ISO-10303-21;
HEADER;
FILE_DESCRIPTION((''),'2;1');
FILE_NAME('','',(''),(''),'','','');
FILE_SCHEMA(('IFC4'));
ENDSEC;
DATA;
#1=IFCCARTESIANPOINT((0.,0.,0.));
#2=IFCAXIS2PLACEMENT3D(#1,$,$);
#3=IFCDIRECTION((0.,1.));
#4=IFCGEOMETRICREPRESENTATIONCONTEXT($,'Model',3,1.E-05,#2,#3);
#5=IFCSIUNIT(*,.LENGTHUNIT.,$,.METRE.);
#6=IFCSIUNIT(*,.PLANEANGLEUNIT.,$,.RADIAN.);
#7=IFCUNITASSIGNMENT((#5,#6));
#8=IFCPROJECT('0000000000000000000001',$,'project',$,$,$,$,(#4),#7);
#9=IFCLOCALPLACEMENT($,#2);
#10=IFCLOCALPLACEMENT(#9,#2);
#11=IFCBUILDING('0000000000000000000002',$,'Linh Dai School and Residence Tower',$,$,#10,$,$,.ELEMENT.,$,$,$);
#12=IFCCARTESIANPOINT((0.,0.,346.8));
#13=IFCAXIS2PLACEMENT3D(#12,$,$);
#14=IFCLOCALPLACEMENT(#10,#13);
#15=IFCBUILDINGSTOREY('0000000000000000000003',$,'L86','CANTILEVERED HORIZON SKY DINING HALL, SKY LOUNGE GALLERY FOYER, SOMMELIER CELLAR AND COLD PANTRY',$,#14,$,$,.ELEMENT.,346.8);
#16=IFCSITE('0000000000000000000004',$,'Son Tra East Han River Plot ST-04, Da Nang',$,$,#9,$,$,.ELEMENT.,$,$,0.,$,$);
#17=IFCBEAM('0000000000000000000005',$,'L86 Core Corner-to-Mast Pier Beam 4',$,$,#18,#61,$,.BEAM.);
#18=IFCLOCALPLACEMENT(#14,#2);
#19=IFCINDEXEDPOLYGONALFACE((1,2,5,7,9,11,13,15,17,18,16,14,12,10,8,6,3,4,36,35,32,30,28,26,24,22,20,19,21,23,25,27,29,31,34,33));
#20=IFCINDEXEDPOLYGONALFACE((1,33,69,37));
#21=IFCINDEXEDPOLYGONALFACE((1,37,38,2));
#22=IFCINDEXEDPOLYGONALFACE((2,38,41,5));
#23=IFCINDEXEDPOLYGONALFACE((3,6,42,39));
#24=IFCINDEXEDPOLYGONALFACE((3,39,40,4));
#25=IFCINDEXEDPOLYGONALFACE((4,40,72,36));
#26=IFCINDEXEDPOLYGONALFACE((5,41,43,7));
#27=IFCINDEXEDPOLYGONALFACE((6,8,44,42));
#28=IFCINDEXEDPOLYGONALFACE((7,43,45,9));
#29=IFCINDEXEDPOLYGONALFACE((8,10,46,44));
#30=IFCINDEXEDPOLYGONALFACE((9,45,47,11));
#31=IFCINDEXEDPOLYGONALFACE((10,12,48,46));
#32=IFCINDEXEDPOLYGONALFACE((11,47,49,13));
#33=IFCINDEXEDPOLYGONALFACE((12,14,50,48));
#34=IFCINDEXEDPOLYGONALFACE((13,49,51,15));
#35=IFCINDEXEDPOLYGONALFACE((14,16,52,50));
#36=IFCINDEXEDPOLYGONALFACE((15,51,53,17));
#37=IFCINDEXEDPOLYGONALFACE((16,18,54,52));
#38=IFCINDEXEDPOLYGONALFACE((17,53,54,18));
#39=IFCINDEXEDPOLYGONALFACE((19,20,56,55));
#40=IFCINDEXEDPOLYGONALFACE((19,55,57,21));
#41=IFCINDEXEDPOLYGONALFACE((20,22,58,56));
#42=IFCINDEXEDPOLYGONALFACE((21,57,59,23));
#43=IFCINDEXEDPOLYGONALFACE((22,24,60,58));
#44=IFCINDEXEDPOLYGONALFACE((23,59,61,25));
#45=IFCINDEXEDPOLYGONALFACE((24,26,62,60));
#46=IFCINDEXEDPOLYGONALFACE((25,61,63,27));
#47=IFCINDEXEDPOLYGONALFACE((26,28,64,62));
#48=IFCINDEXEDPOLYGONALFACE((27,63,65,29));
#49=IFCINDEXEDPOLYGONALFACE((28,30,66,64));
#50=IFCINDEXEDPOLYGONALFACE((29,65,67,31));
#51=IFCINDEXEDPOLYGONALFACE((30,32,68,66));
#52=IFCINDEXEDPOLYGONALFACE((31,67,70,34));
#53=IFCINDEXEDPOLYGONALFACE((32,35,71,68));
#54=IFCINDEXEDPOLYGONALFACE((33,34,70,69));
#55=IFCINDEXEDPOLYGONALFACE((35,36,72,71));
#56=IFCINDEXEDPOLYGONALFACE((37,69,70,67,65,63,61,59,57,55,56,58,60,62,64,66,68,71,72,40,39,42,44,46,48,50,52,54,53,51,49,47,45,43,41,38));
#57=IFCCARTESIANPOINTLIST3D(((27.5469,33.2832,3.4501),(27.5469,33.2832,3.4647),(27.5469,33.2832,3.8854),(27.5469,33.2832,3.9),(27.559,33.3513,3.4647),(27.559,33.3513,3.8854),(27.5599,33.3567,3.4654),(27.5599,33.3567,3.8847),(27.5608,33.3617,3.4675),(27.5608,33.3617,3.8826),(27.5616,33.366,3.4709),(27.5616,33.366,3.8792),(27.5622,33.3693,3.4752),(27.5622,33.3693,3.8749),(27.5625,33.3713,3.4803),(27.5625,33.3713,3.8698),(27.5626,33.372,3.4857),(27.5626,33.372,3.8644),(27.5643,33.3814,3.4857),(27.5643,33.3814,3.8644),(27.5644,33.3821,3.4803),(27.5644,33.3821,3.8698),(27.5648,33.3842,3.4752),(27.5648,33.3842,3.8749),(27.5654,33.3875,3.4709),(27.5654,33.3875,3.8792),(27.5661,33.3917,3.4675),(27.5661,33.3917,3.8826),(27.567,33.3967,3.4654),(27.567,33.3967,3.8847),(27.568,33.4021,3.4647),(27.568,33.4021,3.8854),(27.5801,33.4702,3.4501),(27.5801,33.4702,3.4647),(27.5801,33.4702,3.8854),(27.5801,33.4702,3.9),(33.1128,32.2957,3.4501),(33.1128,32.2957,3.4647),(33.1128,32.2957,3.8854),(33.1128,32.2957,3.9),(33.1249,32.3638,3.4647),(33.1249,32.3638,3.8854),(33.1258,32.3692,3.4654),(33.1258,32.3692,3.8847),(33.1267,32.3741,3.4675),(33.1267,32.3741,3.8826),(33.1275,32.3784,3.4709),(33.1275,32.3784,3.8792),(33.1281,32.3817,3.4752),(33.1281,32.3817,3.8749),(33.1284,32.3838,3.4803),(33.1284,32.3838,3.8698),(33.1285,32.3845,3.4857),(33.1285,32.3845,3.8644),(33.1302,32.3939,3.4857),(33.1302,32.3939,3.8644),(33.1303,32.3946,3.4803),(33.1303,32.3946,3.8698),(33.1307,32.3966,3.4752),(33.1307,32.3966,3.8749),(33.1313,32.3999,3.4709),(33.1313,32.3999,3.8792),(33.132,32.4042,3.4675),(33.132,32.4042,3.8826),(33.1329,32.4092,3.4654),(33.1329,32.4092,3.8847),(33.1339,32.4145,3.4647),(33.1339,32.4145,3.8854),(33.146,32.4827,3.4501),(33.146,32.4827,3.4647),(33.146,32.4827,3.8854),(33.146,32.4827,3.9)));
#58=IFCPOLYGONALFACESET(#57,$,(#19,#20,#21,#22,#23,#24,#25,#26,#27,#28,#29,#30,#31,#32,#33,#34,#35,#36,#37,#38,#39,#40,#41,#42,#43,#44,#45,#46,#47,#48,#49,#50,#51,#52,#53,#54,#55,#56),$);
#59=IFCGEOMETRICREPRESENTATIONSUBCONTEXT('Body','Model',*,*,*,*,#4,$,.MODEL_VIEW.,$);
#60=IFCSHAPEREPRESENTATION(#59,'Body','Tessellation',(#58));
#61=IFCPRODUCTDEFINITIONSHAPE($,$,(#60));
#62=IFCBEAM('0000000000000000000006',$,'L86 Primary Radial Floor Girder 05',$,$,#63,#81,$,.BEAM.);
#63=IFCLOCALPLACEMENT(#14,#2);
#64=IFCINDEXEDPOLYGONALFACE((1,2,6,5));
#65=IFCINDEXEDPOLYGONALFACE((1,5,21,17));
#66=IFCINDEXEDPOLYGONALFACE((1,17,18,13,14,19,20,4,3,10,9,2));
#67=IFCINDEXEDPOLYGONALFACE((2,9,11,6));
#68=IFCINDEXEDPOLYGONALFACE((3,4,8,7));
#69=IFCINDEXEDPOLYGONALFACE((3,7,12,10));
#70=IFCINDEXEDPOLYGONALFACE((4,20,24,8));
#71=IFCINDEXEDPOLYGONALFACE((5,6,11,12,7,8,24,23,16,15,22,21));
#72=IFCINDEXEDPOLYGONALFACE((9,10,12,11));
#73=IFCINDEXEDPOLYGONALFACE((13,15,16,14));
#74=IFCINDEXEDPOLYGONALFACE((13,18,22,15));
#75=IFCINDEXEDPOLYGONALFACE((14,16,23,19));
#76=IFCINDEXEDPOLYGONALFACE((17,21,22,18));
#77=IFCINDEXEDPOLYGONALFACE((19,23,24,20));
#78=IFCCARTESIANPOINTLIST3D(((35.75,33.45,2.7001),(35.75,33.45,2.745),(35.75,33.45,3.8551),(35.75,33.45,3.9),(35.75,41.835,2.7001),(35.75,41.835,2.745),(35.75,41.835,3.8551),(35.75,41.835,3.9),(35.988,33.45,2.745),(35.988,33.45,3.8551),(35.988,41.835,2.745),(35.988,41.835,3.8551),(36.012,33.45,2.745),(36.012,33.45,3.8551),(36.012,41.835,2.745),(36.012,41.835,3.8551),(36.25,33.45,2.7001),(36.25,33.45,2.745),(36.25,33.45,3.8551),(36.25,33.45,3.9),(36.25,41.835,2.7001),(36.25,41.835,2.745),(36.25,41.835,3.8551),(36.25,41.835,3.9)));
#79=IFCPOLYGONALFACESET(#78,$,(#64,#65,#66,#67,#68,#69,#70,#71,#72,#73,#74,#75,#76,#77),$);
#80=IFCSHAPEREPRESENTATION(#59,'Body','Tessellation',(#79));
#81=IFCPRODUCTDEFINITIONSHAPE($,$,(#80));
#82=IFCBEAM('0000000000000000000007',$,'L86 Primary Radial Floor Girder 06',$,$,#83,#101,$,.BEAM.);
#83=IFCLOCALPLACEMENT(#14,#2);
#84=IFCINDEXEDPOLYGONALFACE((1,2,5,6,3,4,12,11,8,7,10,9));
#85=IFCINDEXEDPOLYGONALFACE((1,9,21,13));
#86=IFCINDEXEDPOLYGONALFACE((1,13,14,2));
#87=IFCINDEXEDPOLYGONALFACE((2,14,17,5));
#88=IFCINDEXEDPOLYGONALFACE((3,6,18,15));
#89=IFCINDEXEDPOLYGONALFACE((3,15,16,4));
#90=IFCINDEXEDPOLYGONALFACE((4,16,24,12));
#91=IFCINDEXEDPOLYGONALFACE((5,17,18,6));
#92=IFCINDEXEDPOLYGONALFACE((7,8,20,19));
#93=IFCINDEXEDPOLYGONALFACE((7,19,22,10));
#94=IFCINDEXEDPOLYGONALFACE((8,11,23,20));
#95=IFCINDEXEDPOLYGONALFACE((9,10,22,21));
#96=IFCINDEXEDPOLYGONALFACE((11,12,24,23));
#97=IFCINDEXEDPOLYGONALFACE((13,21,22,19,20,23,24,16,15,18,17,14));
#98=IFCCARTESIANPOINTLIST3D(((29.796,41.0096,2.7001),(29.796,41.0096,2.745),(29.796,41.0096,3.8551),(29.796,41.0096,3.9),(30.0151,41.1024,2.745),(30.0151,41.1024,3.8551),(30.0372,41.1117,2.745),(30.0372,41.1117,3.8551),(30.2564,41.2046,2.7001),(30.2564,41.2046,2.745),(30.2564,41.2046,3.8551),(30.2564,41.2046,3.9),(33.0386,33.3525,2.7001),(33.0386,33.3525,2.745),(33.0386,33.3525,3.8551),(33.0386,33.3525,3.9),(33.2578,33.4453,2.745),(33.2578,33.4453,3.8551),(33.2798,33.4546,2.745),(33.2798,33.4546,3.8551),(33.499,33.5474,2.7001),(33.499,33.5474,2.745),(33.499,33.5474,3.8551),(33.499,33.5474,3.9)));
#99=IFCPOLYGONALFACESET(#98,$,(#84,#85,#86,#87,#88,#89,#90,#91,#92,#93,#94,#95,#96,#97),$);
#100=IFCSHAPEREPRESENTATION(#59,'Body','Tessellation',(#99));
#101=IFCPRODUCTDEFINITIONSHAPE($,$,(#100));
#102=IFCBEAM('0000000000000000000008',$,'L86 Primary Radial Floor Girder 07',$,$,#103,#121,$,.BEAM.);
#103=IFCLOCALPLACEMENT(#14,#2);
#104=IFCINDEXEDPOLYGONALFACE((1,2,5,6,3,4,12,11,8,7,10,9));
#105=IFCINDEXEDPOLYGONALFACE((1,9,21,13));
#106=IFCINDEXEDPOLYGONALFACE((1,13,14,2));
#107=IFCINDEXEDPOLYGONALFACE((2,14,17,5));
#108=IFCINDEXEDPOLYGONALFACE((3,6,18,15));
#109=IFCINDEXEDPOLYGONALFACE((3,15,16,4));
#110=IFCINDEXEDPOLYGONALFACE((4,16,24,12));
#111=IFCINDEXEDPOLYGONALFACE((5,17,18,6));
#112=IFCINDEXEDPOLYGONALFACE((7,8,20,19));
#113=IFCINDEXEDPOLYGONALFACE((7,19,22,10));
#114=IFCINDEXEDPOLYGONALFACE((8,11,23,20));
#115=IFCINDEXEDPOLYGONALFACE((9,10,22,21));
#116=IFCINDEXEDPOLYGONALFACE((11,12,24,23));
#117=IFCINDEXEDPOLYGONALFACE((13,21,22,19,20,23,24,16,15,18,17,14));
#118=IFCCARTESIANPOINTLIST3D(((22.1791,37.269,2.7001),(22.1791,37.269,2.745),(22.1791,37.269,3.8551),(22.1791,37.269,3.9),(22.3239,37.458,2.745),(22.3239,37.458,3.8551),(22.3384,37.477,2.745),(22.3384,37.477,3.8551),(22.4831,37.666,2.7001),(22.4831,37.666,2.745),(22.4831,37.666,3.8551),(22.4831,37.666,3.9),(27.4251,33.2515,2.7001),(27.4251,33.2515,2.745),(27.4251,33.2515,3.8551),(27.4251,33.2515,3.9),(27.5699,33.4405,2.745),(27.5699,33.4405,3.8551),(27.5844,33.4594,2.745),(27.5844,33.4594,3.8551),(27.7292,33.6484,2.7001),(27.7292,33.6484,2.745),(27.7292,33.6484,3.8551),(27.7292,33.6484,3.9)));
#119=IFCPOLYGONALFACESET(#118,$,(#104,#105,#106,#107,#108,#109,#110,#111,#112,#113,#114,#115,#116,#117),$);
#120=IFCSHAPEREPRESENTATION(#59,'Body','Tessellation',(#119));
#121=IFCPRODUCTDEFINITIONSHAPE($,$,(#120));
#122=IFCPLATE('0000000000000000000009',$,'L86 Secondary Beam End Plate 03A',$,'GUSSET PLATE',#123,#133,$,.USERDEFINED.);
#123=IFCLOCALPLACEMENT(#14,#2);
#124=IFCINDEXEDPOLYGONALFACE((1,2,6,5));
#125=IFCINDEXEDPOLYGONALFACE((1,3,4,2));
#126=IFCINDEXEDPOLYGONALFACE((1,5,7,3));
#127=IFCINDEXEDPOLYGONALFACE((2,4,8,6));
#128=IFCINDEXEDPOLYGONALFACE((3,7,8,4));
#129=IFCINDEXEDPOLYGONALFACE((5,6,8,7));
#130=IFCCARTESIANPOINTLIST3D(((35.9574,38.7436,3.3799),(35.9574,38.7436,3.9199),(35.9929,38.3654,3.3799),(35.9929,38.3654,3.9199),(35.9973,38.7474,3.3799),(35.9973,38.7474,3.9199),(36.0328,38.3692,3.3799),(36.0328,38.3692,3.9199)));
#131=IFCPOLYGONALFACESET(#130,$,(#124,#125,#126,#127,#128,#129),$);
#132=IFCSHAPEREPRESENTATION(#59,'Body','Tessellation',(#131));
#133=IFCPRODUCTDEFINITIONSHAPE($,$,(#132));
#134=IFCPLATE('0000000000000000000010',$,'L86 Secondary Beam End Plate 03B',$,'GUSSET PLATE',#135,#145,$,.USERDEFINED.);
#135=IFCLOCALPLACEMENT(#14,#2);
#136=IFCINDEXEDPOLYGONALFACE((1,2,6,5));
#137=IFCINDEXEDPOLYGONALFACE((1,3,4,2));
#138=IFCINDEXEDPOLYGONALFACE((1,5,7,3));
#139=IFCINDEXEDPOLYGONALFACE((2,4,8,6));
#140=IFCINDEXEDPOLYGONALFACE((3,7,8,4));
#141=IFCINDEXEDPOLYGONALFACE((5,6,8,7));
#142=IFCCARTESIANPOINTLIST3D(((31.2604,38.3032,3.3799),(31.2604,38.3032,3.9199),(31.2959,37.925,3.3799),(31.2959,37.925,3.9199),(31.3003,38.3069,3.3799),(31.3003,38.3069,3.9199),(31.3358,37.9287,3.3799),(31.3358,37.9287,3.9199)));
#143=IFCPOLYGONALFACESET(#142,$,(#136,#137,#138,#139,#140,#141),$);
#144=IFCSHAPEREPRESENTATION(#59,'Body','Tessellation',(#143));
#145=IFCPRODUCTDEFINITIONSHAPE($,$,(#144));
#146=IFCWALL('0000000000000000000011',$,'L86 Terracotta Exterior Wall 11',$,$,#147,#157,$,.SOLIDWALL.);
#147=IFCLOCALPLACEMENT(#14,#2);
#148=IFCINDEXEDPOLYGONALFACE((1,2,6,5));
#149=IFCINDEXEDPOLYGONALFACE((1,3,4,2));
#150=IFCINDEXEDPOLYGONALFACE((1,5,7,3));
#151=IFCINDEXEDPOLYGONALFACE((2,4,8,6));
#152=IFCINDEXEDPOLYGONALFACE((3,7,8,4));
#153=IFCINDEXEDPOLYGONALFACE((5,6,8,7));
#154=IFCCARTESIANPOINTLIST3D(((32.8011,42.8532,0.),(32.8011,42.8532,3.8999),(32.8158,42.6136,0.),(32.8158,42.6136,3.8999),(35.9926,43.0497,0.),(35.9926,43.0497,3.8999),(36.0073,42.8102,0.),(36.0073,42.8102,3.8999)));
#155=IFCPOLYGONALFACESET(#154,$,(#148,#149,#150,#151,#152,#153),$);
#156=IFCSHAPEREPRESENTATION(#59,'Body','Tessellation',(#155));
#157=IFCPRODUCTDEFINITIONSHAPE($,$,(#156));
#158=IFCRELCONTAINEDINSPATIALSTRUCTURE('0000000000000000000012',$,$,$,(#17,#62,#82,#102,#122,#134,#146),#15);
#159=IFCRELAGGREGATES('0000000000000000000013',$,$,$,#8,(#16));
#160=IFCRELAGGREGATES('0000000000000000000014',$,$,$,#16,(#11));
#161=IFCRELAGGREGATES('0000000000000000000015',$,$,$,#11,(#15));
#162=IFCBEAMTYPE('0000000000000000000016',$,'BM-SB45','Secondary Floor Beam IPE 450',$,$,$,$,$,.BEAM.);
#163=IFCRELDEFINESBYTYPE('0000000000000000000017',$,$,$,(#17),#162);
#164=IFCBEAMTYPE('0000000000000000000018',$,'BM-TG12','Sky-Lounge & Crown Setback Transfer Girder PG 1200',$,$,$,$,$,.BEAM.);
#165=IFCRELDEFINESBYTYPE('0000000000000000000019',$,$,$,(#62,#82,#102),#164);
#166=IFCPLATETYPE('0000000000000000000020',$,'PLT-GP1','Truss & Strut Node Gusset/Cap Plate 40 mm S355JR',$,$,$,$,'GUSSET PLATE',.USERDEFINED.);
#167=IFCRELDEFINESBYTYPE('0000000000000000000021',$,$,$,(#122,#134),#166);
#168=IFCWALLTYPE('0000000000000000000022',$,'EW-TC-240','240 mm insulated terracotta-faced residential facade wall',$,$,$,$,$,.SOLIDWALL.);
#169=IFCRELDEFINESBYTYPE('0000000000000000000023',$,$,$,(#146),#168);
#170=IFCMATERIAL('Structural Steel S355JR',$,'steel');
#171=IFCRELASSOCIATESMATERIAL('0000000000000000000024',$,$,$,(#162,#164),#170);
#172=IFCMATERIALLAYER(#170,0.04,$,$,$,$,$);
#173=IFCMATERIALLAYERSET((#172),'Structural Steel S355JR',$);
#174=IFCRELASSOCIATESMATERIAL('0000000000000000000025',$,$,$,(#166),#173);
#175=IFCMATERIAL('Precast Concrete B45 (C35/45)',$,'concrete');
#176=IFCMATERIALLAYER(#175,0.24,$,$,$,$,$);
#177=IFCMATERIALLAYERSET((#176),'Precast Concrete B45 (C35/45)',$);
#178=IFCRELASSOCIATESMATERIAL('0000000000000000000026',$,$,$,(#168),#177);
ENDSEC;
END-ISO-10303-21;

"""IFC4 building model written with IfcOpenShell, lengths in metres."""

from ifc_helpers import new_model, si_unit, direction, frame, frame_2d, origin, origin_2d, place, context, subcontext, project, spatial, rectangle, i_section, extrude, source, transform, mapped, material, layer, layer_set, material_profile, profile_set, type_object, element, save


model = new_model("IFC4")

# Units and contexts
model_context = context("Model", 3, precision=1e-05, world=origin(), true_north=direction((0.0, 1.0)))
body_context = subcontext(model_context, "Body", "Model", "MODEL_VIEW")
ifc_project = project(units=[si_unit("LENGTHUNIT", "METRE"), si_unit("PLANEANGLEUNIT", "RADIAN")], contexts=[model_context])

# Site, building, storey
site_placement = place(None, origin())
site = spatial("IfcSite", under=ifc_project, at=site_placement, Name="Son Tra East Han River Plot ST-04, Da Nang", CompositionType="ELEMENT", RefElevation=0.0)
building_placement = place(site_placement, origin())
building = spatial("IfcBuilding", under=site, at=building_placement, Name="Linh Dai School and Residence Tower", CompositionType="ELEMENT")
storey_placement = place(building_placement, frame((0.0, 0.0, 346.8)))
storey = spatial("IfcBuildingStorey", under=building, at=storey_placement, Name="L86", Description="CANTILEVERED HORIZON SKY DINING HALL, SKY LOUNGE GALLERY FOYER, SOMMELIER CELLAR AND COLD PANTRY", CompositionType="ELEMENT", Elevation=346.8)

# Shared definitions
ifc_material_1 = material(Name="Structural Steel S355JR", Category="steel")

# Beams
ifc_material_profile_1 = material_profile(ifc_material_1, i_section(OverallWidth=0.1899, OverallDepth=0.45, WebThickness=0.0095, FlangeThickness=0.0146, FilletRadius=0.021, at=origin_2d()), Name="IPE 450")
ifc_profile_set_1 = profile_set([ifc_material_profile_1], Name="Structural Steel S355JR")
beam_type_1 = type_object("IfcBeamType", Name="BM-SB45", Description="Secondary Floor Beam IPE 450", PredefinedType="BEAM", material=ifc_profile_set_1)
beam_1_placement = place(storey_placement, frame((27.5635, 33.3767, 3.675), z_axis=(0.984622, -0.174699, 0.0), x_axis=(0.174699, 0.984622, 0.0)))
element("IfcBeam", 1, at=beam_1_placement, inside=storey, type_object=beam_type_1, Name="L86 Core Corner-to-Mast Pier Beam 4", PredefinedType="BEAM", context=body_context, shape_type="SweptSolid", body=[
    extrude(i_section(OverallWidth=0.1899, OverallDepth=0.45, WebThickness=0.0095, FlangeThickness=0.0146, FilletRadius=0.021, at=origin_2d()), origin(), (0.0, 0.0, 1.0), 5.6528),
])
ifc_material_profile_2 = material_profile(ifc_material_1, i_section(OverallWidth=0.5, OverallDepth=1.2, WebThickness=0.0239, FlangeThickness=0.0449, at=origin_2d()), Name="PG 1200x500x24x45")
ifc_profile_set_2 = profile_set([ifc_material_profile_2], Name="Structural Steel S355JR")
beam_type_2 = type_object("IfcBeamType", Name="BM-TG12", Description="Sky-Lounge & Crown Setback Transfer Girder PG 1200", PredefinedType="BEAM", material=ifc_profile_set_2)
beam_2_placement = place(storey_placement, frame((36.0, 33.45, 3.3), z_axis=(0.0, 1.0, 0.0), x_axis=(-1.0, 0.0, 0.0)))
element("IfcBeam", 2, at=beam_2_placement, inside=storey, type_object=beam_type_2, Name="L86 Primary Radial Floor Girder 05", PredefinedType="BEAM", context=body_context, shape_type="SweptSolid", body=[
    extrude(i_section(OverallWidth=0.5, OverallDepth=1.2, WebThickness=0.0239, FlangeThickness=0.0449, at=origin_2d()), origin(), (0.0, 0.0, 1.0), 8.385),
])
beam_3_placement = place(storey_placement, frame((33.2688, 33.45, 3.3), z_axis=(-0.389954, 0.920834, 0.0), x_axis=(-0.920834, -0.389954, 0.0)))
element("IfcBeam", 3, at=beam_3_placement, inside=storey, type_object=beam_type_2, Name="L86 Primary Radial Floor Girder 06", PredefinedType="BEAM", context=body_context, shape_type="SweptSolid", body=[
    extrude(i_section(OverallWidth=0.5, OverallDepth=1.2, WebThickness=0.0239, FlangeThickness=0.0449, at=origin_2d()), origin(), (0.0, 0.0, 1.0), 8.3154),
])
beam_4_placement = place(storey_placement, frame((27.5771, 33.45, 3.3), z_axis=(-0.79393, 0.608009, 0.0), x_axis=(-0.608009, -0.79393, 0.0)))
element("IfcBeam", 4, at=beam_4_placement, inside=storey, type_object=beam_type_2, Name="L86 Primary Radial Floor Girder 07", PredefinedType="BEAM", context=body_context, shape_type="SweptSolid", body=[
    extrude(i_section(OverallWidth=0.5, OverallDepth=1.2, WebThickness=0.0239, FlangeThickness=0.0449, at=origin_2d()), origin(), (0.0, 0.0, 1.0), 6.6077),
])

# Plates
ifc_layer_1 = layer(ifc_material_1, 0.04)
ifc_layer_set_1 = layer_set([ifc_layer_1], Name="Structural Steel S355JR")
plate_type = type_object("IfcPlateType", Name="PLT-GP1", Description="Truss & Strut Node Gusset/Cap Plate 40 mm S355JR", ElementType="GUSSET PLATE", PredefinedType="USERDEFINED", material=ifc_layer_set_1)
shared_shape_1 = source(origin(), body_context, "Body", "SweptSolid", [
    extrude(rectangle(XDim=0.04, YDim=0.3799, at=origin_2d()), origin(), (0.0, 0.0, 1.0), 0.54),
])
for number, where, z_axis, x_axis, name in (
    (5, (35.9951, 38.5564, 3.3799), (0.0, 0.0, 1.0), (-0.995631, -0.093373, 0.0), "L86 Secondary Beam End Plate 03A"),
    (6, (31.2981, 38.116, 3.3799), (0.0, 0.0, 1.0), (-0.995631, -0.093373, 0.0), "L86 Secondary Beam End Plate 03B"),
):
    element("IfcPlate", number, at=place(storey_placement, frame(where, z_axis=z_axis, x_axis=x_axis)), inside=storey, type_object=plate_type, Name=name, ObjectType="GUSSET PLATE", PredefinedType="USERDEFINED", context=body_context, shape_type="MappedRepresentation", body=[
        mapped(shared_shape_1, transform((0.0, 0.0, 0.0), x_axis=(1.0, 0.0, 0.0), y_axis=(0.0, 1.0, 0.0), z_axis=(0.0, 0.0, 1.0), scale=1.0)),
    ])

# Wall
ifc_material_2 = material(Name="Precast Concrete B45 (C35/45)", Category="concrete")
ifc_layer_2 = layer(ifc_material_2, 0.24)
ifc_layer_set_2 = layer_set([ifc_layer_2], Name="Precast Concrete B45 (C35/45)")
wall_type_1 = type_object("IfcWallType", Name="EW-TC-240", Description="240 mm insulated terracotta-faced residential facade wall", PredefinedType="SOLIDWALL", material=ifc_layer_set_2)
wall_1_placement = place(storey_placement, frame((32.8086, 42.7334, 0.0), z_axis=(0.0, 0.0, 1.0), x_axis=(0.998109, 0.061466, 0.0)))
element("IfcWall", 7, at=wall_1_placement, inside=storey, type_object=wall_type_1, Name="L86 Terracotta Exterior Wall 11", PredefinedType="SOLIDWALL", context=body_context, shape_type="SweptSolid", body=[
    extrude(rectangle(XDim=3.1975, YDim=0.24, at=frame_2d((1.5986, 0.0))), origin(), (0.0, 0.0, 1.0), 3.8999),
])

save(model, "model.ifc")
